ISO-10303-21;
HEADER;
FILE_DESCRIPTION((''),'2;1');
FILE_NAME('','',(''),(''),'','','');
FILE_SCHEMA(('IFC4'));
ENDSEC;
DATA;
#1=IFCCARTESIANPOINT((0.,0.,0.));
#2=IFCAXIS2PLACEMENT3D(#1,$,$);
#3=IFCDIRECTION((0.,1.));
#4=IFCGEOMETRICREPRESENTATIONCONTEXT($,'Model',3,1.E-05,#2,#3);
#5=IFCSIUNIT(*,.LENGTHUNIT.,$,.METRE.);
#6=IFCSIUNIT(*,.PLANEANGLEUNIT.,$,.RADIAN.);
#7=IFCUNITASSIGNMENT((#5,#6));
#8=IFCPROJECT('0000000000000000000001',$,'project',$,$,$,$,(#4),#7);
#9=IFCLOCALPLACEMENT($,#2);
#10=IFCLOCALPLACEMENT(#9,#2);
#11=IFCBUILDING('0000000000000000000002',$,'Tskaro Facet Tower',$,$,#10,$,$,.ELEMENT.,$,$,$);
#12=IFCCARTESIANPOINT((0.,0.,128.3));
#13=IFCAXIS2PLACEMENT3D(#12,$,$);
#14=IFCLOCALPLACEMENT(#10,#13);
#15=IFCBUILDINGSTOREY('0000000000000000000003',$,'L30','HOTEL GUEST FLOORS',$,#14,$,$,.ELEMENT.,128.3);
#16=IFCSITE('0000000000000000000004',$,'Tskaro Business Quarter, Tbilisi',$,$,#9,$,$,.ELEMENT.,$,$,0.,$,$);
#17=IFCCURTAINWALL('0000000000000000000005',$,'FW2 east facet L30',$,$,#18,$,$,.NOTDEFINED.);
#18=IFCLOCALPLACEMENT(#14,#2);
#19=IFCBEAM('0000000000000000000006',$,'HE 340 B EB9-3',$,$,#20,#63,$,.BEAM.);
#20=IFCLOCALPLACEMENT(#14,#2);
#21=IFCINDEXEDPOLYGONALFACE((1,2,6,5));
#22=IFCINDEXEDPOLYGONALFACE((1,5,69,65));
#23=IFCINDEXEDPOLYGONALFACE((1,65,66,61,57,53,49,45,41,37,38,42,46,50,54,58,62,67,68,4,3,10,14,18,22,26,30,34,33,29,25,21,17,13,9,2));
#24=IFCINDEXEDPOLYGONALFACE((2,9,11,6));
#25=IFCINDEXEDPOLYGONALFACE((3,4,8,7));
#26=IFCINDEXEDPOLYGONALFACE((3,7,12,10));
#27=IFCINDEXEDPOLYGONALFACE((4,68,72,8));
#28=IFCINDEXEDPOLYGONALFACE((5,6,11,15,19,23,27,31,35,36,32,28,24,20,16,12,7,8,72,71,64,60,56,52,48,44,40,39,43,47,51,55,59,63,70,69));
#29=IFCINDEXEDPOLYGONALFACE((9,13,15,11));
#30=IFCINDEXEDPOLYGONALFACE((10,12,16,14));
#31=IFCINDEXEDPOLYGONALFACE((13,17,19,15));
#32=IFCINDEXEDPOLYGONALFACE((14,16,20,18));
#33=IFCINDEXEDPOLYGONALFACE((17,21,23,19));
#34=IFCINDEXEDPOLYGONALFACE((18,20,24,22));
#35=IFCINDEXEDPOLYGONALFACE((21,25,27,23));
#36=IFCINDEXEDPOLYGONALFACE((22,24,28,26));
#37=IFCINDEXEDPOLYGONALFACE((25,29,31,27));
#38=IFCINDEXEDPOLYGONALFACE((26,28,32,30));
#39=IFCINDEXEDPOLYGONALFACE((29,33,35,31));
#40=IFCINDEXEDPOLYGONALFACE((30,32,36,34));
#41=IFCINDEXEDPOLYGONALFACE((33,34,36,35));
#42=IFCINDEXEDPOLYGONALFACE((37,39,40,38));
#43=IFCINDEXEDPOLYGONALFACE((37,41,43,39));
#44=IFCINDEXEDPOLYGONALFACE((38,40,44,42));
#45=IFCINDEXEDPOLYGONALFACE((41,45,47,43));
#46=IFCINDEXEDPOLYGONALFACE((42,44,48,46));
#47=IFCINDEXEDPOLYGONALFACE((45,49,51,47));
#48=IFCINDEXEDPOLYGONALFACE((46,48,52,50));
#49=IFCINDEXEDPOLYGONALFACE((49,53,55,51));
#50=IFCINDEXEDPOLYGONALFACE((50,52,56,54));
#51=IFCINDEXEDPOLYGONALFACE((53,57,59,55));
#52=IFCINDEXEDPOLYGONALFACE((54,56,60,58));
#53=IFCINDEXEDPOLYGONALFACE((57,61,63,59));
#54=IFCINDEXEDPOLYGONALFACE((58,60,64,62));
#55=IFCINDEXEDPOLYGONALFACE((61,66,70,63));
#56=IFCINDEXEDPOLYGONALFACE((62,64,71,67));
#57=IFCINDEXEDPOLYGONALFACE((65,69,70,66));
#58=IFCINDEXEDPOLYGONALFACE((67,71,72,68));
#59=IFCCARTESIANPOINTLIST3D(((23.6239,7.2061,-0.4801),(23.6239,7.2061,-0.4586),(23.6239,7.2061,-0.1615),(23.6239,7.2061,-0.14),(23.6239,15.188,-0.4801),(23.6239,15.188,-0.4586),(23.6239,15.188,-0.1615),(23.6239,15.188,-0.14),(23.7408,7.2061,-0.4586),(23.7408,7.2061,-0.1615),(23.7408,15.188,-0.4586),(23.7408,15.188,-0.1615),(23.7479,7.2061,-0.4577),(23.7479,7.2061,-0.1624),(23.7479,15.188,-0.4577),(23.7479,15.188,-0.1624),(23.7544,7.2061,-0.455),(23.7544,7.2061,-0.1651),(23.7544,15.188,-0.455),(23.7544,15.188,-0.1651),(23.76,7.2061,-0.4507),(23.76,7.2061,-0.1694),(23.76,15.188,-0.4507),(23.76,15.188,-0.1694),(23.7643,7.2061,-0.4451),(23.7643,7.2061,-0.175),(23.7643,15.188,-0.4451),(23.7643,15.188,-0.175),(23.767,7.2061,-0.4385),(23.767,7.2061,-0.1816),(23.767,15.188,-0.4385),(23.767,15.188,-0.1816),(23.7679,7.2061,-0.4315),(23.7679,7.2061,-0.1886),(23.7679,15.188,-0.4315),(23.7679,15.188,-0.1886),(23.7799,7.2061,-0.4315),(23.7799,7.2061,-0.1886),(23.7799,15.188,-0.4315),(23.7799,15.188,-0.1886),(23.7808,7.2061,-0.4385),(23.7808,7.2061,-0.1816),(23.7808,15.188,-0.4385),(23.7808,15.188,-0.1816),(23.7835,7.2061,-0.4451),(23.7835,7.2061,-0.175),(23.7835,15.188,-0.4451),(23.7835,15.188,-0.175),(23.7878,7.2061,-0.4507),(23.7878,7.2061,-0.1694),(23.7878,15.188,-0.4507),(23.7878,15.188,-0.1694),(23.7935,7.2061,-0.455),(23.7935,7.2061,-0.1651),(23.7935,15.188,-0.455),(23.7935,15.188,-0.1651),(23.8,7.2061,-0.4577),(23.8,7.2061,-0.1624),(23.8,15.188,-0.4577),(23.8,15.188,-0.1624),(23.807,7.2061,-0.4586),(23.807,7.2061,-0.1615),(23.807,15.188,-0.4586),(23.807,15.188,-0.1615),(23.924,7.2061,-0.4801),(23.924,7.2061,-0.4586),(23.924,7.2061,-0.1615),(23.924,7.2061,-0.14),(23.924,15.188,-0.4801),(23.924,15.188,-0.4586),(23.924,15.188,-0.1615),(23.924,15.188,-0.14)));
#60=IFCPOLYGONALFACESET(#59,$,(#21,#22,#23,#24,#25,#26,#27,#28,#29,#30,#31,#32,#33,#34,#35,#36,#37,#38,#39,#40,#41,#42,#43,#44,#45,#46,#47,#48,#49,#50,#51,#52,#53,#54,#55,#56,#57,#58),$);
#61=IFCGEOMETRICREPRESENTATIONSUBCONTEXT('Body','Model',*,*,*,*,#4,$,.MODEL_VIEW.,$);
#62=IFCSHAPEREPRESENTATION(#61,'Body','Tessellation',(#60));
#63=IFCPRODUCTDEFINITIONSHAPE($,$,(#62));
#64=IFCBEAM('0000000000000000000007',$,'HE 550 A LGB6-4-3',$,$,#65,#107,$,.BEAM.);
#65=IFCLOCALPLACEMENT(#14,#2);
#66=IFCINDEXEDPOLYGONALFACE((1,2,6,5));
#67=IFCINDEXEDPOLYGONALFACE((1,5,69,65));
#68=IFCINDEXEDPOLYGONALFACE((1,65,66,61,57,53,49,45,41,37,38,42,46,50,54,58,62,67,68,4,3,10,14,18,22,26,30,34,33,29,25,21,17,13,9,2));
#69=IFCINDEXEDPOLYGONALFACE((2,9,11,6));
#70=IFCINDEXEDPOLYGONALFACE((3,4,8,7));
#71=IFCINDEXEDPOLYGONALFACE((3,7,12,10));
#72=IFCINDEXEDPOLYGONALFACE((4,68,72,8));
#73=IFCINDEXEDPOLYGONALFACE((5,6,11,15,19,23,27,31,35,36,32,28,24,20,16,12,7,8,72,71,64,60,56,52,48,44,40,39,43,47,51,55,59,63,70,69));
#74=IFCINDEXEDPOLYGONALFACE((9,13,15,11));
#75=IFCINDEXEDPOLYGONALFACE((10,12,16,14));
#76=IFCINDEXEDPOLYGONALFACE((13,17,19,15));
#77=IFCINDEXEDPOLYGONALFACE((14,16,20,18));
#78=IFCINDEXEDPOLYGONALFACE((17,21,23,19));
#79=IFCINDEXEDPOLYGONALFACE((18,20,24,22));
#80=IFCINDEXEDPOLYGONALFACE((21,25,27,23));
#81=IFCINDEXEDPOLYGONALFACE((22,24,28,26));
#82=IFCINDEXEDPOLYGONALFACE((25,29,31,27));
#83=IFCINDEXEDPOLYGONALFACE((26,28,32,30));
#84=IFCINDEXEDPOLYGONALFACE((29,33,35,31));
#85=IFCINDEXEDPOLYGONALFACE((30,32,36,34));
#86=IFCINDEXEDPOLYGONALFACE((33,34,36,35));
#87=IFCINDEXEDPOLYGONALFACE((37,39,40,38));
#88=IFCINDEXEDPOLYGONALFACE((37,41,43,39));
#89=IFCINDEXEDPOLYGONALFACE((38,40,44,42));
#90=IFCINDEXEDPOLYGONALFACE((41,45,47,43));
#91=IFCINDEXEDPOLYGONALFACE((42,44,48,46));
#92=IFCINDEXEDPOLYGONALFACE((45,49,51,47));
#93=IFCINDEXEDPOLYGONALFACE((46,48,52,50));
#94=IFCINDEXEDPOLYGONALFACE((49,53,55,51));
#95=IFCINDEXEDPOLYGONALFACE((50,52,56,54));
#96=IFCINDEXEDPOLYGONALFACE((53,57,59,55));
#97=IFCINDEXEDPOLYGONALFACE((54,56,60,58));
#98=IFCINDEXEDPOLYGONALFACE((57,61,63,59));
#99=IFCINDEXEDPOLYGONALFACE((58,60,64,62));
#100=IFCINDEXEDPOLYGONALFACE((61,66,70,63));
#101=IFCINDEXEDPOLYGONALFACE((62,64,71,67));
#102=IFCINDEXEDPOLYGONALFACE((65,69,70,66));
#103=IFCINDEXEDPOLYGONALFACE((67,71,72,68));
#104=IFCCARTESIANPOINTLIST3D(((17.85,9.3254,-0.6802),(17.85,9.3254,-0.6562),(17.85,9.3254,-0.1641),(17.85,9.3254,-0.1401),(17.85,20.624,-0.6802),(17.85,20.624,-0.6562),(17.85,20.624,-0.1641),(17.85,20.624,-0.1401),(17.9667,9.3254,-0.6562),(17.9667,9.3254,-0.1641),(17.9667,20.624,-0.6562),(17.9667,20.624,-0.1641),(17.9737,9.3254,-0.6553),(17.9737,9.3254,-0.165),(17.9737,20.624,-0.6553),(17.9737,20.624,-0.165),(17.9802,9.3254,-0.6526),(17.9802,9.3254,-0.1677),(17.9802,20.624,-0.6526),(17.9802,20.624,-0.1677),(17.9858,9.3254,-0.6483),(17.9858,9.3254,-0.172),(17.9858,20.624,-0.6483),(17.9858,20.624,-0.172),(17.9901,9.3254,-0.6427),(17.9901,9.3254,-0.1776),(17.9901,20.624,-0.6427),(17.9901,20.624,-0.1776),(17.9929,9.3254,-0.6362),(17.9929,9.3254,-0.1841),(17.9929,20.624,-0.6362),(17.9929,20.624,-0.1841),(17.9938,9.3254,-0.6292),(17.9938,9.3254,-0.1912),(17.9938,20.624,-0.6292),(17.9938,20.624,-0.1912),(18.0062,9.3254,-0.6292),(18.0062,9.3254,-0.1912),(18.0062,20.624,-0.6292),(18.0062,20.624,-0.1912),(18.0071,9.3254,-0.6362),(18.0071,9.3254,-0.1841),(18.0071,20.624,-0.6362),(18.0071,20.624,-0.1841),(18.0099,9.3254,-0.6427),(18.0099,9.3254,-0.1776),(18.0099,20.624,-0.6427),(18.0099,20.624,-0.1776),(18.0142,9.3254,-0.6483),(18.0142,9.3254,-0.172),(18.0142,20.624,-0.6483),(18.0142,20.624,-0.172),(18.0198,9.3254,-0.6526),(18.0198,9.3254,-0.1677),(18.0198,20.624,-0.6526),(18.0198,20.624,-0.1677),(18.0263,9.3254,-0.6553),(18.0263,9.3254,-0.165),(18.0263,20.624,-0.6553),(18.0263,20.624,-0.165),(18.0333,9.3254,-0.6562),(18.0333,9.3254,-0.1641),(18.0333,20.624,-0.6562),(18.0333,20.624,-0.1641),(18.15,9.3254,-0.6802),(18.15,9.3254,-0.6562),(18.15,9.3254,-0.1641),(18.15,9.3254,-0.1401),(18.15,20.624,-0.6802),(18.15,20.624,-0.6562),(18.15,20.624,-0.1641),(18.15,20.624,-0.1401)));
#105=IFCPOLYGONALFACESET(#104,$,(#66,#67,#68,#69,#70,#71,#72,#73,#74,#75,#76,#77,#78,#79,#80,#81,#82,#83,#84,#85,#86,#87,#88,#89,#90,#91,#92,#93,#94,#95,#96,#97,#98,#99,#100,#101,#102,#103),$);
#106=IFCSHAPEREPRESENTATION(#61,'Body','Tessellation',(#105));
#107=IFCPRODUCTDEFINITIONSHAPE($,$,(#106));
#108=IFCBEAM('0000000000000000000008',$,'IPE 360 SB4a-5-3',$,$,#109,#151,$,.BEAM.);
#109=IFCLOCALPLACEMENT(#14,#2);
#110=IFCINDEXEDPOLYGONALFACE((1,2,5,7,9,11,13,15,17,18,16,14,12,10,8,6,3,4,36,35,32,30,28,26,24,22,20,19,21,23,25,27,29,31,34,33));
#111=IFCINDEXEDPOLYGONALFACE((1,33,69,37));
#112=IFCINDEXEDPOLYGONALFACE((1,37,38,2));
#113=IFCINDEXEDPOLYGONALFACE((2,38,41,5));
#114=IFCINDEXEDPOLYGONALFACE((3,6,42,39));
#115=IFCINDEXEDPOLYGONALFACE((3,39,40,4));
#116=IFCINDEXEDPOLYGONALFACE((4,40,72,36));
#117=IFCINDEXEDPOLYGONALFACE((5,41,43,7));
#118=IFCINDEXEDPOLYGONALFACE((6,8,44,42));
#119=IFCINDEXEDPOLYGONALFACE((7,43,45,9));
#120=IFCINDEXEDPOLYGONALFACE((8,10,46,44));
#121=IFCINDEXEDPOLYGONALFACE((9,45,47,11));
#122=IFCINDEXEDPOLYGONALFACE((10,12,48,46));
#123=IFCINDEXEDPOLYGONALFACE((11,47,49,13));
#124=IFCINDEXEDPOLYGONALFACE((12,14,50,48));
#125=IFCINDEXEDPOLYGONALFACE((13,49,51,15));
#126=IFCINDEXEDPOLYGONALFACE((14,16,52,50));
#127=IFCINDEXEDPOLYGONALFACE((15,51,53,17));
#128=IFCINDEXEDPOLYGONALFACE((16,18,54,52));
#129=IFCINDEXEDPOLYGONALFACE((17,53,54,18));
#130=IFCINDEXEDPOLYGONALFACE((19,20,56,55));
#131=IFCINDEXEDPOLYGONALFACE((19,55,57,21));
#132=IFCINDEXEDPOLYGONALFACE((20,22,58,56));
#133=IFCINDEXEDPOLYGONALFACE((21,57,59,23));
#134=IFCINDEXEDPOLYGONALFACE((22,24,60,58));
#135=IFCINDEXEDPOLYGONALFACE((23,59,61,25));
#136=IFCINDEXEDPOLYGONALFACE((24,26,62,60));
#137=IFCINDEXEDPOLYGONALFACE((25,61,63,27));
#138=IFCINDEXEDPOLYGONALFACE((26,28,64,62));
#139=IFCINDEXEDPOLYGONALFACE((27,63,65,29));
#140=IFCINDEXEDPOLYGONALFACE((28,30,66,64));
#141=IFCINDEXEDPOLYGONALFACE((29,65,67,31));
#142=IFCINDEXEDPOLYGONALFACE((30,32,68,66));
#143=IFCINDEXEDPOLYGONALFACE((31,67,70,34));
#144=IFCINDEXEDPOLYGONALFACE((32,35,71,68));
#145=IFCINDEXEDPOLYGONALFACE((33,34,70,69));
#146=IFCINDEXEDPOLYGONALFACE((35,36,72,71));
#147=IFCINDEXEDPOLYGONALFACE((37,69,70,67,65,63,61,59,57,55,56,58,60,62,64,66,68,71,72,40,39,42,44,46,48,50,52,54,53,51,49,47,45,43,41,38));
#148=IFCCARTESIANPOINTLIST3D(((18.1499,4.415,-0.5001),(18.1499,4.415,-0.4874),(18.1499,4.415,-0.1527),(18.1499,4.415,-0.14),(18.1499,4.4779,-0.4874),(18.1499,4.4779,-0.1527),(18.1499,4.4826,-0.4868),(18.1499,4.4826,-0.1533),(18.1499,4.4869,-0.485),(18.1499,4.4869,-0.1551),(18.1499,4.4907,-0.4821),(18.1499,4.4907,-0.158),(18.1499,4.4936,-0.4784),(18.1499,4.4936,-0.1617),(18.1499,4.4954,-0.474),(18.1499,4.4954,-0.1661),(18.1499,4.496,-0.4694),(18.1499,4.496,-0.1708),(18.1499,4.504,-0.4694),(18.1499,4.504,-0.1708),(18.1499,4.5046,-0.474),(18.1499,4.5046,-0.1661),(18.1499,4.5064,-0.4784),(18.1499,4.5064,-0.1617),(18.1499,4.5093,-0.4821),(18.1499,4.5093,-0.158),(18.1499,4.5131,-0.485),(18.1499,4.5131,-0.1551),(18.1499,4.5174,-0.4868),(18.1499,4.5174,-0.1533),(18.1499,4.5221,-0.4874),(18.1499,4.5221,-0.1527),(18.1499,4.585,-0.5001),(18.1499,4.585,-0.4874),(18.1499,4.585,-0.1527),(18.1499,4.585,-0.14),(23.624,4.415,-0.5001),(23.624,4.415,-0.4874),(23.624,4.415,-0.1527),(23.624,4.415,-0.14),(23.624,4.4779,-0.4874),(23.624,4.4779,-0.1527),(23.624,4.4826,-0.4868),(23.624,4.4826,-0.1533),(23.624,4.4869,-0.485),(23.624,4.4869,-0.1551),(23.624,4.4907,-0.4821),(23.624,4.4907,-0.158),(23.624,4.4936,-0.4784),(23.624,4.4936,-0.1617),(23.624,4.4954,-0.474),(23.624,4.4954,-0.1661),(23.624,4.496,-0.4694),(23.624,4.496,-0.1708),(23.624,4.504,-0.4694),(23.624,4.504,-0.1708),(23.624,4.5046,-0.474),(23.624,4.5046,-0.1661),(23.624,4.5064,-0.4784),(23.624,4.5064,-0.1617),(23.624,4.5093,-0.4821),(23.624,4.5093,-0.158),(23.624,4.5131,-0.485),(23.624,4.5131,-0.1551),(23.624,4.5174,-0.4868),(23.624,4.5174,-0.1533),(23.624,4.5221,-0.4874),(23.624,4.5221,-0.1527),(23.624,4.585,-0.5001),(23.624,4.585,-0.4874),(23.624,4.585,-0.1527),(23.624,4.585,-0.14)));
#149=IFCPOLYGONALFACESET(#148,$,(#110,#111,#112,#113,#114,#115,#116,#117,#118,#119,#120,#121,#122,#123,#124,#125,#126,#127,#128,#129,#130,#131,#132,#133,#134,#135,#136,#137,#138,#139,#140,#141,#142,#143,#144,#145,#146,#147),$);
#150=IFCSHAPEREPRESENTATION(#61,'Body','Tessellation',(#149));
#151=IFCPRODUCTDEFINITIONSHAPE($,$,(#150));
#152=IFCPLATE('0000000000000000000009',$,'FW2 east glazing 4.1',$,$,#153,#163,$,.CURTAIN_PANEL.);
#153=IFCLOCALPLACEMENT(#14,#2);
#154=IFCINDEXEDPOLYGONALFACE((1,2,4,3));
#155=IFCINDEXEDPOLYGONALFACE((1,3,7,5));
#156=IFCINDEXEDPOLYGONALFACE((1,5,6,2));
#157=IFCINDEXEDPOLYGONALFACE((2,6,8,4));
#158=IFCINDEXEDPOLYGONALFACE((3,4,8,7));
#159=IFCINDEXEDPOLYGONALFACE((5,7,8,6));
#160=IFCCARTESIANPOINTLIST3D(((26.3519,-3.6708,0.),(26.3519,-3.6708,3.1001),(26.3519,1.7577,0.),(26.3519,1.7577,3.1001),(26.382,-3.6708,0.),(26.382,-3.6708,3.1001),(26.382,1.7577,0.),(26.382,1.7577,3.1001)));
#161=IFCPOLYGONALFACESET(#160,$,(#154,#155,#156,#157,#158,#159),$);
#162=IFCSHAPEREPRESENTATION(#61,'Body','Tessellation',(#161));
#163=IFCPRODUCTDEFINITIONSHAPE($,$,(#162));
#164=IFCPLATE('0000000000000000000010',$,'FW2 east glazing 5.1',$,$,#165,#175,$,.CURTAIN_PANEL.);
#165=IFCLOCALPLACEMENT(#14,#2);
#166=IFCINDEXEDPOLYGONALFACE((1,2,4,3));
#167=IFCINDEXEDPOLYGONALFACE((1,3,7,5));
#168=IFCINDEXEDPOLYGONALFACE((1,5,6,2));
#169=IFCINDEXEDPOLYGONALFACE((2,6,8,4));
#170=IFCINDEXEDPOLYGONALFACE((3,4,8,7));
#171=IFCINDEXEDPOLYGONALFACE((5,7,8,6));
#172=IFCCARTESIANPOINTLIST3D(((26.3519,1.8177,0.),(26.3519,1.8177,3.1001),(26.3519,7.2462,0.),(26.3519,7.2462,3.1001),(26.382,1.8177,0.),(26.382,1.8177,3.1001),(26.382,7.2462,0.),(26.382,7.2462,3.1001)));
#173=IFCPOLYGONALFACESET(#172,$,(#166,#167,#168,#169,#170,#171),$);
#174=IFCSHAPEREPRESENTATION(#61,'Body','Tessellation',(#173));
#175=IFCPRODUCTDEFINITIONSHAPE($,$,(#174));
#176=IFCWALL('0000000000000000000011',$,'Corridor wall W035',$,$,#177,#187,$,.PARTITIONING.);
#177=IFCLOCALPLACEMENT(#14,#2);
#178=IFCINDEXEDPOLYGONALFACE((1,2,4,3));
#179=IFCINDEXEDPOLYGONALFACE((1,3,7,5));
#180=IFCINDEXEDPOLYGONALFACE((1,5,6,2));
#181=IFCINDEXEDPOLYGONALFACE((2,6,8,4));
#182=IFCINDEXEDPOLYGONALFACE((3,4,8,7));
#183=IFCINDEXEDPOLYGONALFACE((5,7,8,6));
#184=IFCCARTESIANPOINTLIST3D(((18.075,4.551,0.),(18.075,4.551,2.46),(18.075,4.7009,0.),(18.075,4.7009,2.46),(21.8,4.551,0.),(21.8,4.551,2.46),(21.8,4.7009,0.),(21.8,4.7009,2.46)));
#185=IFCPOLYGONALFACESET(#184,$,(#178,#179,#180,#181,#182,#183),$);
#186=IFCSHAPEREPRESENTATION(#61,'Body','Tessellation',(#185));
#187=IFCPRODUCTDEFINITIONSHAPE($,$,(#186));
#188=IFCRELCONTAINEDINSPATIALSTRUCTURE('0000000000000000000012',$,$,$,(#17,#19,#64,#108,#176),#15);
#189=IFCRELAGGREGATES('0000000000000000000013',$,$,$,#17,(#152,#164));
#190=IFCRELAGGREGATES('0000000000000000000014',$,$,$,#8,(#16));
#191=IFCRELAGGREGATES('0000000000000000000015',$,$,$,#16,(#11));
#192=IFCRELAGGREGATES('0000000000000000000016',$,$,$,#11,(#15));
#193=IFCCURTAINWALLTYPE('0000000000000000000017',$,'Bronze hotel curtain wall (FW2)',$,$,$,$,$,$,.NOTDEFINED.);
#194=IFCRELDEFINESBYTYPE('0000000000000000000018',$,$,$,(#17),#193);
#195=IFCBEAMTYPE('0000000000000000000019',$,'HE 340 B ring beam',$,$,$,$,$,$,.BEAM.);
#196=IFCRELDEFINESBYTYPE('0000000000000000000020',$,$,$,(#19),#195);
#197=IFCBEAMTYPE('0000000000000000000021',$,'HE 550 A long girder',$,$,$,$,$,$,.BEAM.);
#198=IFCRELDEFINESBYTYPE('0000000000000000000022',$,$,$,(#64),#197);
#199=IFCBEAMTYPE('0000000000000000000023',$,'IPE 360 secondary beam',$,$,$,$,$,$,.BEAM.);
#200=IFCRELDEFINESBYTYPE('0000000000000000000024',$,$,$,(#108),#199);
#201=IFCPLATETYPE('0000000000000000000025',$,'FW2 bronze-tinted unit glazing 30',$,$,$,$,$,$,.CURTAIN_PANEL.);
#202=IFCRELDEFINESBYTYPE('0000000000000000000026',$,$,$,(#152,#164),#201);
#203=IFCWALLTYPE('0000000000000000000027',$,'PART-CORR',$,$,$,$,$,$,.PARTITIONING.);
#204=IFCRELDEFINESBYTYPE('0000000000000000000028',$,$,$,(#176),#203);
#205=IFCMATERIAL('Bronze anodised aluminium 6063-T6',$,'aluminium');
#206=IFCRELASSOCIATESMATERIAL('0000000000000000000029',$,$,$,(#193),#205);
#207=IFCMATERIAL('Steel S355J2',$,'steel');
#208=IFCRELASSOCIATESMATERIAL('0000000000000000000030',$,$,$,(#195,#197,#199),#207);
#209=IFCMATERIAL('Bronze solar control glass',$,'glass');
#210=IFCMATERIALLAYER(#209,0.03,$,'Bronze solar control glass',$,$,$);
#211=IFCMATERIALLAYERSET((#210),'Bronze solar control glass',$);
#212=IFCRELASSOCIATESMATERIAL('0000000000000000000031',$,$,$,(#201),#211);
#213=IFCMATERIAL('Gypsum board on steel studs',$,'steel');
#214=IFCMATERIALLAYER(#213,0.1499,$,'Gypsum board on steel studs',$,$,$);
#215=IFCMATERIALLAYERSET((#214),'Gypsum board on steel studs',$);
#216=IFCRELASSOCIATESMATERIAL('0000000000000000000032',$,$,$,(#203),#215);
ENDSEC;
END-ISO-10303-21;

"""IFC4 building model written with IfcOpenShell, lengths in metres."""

from ifc_helpers import new_model, si_unit, direction, frame, frame_2d, origin, origin_2d, place, context, subcontext, project, spatial, rectangle, i_section, extrude, material, layer, layer_set, material_profile, profile_set, type_object, element, aggregate, save


model = new_model("IFC4")

# Units and contexts
model_context = context("Model", 3, precision=1e-05, world=origin(), true_north=direction((0.0, 1.0)))
body_context = subcontext(model_context, "Body", "Model", "MODEL_VIEW")
ifc_project = project(units=[si_unit("LENGTHUNIT", "METRE"), si_unit("PLANEANGLEUNIT", "RADIAN")], contexts=[model_context])

# Site, building, storey
site_placement = place(None, origin())
site = spatial("IfcSite", under=ifc_project, at=site_placement, Name="Tskaro Business Quarter, Tbilisi", CompositionType="ELEMENT", RefElevation=0.0)
building_placement = place(site_placement, origin())
building = spatial("IfcBuilding", under=site, at=building_placement, Name="Tskaro Facet Tower", CompositionType="ELEMENT")
storey_placement = place(building_placement, frame((0.0, 0.0, 128.3)))
storey = spatial("IfcBuildingStorey", under=building, at=storey_placement, Name="L30", Description="HOTEL GUEST FLOORS", CompositionType="ELEMENT", Elevation=128.3)

# Curtain wall
ifc_material_1 = material(Name="Bronze anodised aluminium 6063-T6", Category="aluminium")
curtain_wall_type = type_object("IfcCurtainWallType", Name="Bronze hotel curtain wall (FW2)", PredefinedType="NOTDEFINED", material=ifc_material_1)
curtain_wall_placement = place(storey_placement, origin())
curtain_wall = element("IfcCurtainWall", 1, at=curtain_wall_placement, inside=storey, type_object=curtain_wall_type, Name="FW2 east facet L30", PredefinedType="NOTDEFINED")

# Beams
ifc_material_2 = material(Name="Steel S355J2", Category="steel")
ifc_material_profile_1 = material_profile(ifc_material_2, i_section(OverallWidth=0.3, OverallDepth=0.3401, WebThickness=0.012, FlangeThickness=0.0215, FilletRadius=0.0271, at=origin_2d()), Name="HE 340 B")
ifc_profile_set_1 = profile_set([ifc_material_profile_1], Name="Steel S355J2")
beam_type_1 = type_object("IfcBeamType", Name="HE 340 B ring beam", PredefinedType="BEAM", material=ifc_profile_set_1)
for number, where, z_axis, x_axis, name in (
    (2, (23.7739, 7.2061, -0.3101), (0.0, 1.0, 0.0), (-1.0, 0.0, 0.0), "HE 340 B EB9-3"),
):
    element("IfcBeam", number, at=place(storey_placement, frame(where, z_axis=z_axis, x_axis=x_axis)), inside=storey, type_object=beam_type_1, Name=name, PredefinedType="BEAM", context=body_context, shape_type="SweptSolid", body=[
        extrude(i_section(OverallWidth=0.3, OverallDepth=0.3401, WebThickness=0.012, FlangeThickness=0.0215, FilletRadius=0.0271, at=origin_2d()), origin(), (0.0, 0.0, 1.0), 7.9819),
    ])
ifc_material_profile_2 = material_profile(ifc_material_2, i_section(OverallWidth=0.3, OverallDepth=0.54, WebThickness=0.0125, FlangeThickness=0.0239, FilletRadius=0.0271, at=origin_2d()), Name="HE 550 A")
ifc_profile_set_2 = profile_set([ifc_material_profile_2], Name="Steel S355J2")
beam_type_2 = type_object("IfcBeamType", Name="HE 550 A long girder", PredefinedType="BEAM", material=ifc_profile_set_2)
beam_1_placement = place(storey_placement, frame((18.0, 9.3254, -0.4102), z_axis=(0.0, 1.0, 0.0), x_axis=(-1.0, 0.0, 0.0)))
element("IfcBeam", 3, at=beam_1_placement, inside=storey, type_object=beam_type_2, Name="HE 550 A LGB6-4-3", PredefinedType="BEAM", context=body_context, shape_type="SweptSolid", body=[
    extrude(i_section(OverallWidth=0.3, OverallDepth=0.54, WebThickness=0.0125, FlangeThickness=0.0239, FilletRadius=0.0271, at=origin_2d()), origin(), (0.0, 0.0, 1.0), 11.2986),
])
ifc_material_profile_3 = material_profile(ifc_material_2, i_section(OverallWidth=0.1699, OverallDepth=0.3601, WebThickness=0.0081, FlangeThickness=0.0127, FilletRadius=0.0181, at=origin_2d()), Name="IPE 360")
ifc_profile_set_3 = profile_set([ifc_material_profile_3], Name="Steel S355J2")
beam_type_3 = type_object("IfcBeamType", Name="IPE 360 secondary beam", PredefinedType="BEAM", material=ifc_profile_set_3)
beam_2_placement = place(storey_placement, frame((18.1499, 4.5, -0.3201), z_axis=(1.0, 0.0, 0.0), x_axis=(0.0, 1.0, 0.0)))
element("IfcBeam", 4, at=beam_2_placement, inside=storey, type_object=beam_type_3, Name="IPE 360 SB4a-5-3", PredefinedType="BEAM", context=body_context, shape_type="SweptSolid", body=[
    extrude(i_section(OverallWidth=0.1699, OverallDepth=0.3601, WebThickness=0.0081, FlangeThickness=0.0127, FilletRadius=0.0181, at=origin_2d()), origin(), (0.0, 0.0, 1.0), 5.4741),
])

# Plates
ifc_material_3 = material(Name="Bronze solar control glass", Category="glass")
ifc_layer_1 = layer(ifc_material_3, 0.03, Name="Bronze solar control glass")
ifc_layer_set_1 = layer_set([ifc_layer_1], Name="Bronze solar control glass")
plate_type = type_object("IfcPlateType", Name="FW2 bronze-tinted unit glazing 30", PredefinedType="CURTAIN_PANEL", material=ifc_layer_set_1)
plate_1_placement = place(storey_placement, frame((26.3669, -0.9565, 0.0), z_axis=(0.0, 0.0, 1.0), x_axis=(0.0, 1.0, 0.0)))
plate_1 = element("IfcPlate", 5, at=plate_1_placement, type_object=plate_type, Name="FW2 east glazing 4.1", PredefinedType="CURTAIN_PANEL", context=body_context, shape_type="SweptSolid", body=[
    extrude(rectangle(XDim=5.4285, YDim=0.03, at=origin_2d()), origin(), (0.0, 0.0, 1.0), 3.1001),
])
plate_2_placement = place(storey_placement, frame((26.3669, 4.532, 0.0), z_axis=(0.0, 0.0, 1.0), x_axis=(0.0, 1.0, 0.0)))
plate_2 = element("IfcPlate", 6, at=plate_2_placement, type_object=plate_type, Name="FW2 east glazing 5.1", PredefinedType="CURTAIN_PANEL", context=body_context, shape_type="SweptSolid", body=[
    extrude(rectangle(XDim=5.4285, YDim=0.03, at=origin_2d()), origin(), (0.0, 0.0, 1.0), 3.1001),
])
aggregate(curtain_wall, [plate_1, plate_2])

# Wall
ifc_material_4 = material(Name="Gypsum board on steel studs", Category="steel")
ifc_layer_2 = layer(ifc_material_4, 0.1499, Name="Gypsum board on steel studs")
ifc_layer_set_2 = layer_set([ifc_layer_2], Name="Gypsum board on steel studs")
wall_type_1 = type_object("IfcWallType", Name="PART-CORR", PredefinedType="PARTITIONING", material=ifc_layer_set_2)
for number, where, z_axis, x_axis, name in (
    (7, (18.075, 4.626, 0.0), (0.0, 0.0, 1.0), (1.0, 0.0, 0.0), "Corridor wall W035"),
):
    element("IfcWall", number, at=place(storey_placement, frame(where, z_axis=z_axis, x_axis=x_axis)), inside=storey, type_object=wall_type_1, Name=name, PredefinedType="PARTITIONING", context=body_context, shape_type="SweptSolid", body=[
        extrude(rectangle(XDim=3.7251, YDim=0.1499, at=frame_2d((1.8625, 0.0))), origin(), (0.0, 0.0, 1.0), 2.46),
    ])

save(model, "model.ifc")
